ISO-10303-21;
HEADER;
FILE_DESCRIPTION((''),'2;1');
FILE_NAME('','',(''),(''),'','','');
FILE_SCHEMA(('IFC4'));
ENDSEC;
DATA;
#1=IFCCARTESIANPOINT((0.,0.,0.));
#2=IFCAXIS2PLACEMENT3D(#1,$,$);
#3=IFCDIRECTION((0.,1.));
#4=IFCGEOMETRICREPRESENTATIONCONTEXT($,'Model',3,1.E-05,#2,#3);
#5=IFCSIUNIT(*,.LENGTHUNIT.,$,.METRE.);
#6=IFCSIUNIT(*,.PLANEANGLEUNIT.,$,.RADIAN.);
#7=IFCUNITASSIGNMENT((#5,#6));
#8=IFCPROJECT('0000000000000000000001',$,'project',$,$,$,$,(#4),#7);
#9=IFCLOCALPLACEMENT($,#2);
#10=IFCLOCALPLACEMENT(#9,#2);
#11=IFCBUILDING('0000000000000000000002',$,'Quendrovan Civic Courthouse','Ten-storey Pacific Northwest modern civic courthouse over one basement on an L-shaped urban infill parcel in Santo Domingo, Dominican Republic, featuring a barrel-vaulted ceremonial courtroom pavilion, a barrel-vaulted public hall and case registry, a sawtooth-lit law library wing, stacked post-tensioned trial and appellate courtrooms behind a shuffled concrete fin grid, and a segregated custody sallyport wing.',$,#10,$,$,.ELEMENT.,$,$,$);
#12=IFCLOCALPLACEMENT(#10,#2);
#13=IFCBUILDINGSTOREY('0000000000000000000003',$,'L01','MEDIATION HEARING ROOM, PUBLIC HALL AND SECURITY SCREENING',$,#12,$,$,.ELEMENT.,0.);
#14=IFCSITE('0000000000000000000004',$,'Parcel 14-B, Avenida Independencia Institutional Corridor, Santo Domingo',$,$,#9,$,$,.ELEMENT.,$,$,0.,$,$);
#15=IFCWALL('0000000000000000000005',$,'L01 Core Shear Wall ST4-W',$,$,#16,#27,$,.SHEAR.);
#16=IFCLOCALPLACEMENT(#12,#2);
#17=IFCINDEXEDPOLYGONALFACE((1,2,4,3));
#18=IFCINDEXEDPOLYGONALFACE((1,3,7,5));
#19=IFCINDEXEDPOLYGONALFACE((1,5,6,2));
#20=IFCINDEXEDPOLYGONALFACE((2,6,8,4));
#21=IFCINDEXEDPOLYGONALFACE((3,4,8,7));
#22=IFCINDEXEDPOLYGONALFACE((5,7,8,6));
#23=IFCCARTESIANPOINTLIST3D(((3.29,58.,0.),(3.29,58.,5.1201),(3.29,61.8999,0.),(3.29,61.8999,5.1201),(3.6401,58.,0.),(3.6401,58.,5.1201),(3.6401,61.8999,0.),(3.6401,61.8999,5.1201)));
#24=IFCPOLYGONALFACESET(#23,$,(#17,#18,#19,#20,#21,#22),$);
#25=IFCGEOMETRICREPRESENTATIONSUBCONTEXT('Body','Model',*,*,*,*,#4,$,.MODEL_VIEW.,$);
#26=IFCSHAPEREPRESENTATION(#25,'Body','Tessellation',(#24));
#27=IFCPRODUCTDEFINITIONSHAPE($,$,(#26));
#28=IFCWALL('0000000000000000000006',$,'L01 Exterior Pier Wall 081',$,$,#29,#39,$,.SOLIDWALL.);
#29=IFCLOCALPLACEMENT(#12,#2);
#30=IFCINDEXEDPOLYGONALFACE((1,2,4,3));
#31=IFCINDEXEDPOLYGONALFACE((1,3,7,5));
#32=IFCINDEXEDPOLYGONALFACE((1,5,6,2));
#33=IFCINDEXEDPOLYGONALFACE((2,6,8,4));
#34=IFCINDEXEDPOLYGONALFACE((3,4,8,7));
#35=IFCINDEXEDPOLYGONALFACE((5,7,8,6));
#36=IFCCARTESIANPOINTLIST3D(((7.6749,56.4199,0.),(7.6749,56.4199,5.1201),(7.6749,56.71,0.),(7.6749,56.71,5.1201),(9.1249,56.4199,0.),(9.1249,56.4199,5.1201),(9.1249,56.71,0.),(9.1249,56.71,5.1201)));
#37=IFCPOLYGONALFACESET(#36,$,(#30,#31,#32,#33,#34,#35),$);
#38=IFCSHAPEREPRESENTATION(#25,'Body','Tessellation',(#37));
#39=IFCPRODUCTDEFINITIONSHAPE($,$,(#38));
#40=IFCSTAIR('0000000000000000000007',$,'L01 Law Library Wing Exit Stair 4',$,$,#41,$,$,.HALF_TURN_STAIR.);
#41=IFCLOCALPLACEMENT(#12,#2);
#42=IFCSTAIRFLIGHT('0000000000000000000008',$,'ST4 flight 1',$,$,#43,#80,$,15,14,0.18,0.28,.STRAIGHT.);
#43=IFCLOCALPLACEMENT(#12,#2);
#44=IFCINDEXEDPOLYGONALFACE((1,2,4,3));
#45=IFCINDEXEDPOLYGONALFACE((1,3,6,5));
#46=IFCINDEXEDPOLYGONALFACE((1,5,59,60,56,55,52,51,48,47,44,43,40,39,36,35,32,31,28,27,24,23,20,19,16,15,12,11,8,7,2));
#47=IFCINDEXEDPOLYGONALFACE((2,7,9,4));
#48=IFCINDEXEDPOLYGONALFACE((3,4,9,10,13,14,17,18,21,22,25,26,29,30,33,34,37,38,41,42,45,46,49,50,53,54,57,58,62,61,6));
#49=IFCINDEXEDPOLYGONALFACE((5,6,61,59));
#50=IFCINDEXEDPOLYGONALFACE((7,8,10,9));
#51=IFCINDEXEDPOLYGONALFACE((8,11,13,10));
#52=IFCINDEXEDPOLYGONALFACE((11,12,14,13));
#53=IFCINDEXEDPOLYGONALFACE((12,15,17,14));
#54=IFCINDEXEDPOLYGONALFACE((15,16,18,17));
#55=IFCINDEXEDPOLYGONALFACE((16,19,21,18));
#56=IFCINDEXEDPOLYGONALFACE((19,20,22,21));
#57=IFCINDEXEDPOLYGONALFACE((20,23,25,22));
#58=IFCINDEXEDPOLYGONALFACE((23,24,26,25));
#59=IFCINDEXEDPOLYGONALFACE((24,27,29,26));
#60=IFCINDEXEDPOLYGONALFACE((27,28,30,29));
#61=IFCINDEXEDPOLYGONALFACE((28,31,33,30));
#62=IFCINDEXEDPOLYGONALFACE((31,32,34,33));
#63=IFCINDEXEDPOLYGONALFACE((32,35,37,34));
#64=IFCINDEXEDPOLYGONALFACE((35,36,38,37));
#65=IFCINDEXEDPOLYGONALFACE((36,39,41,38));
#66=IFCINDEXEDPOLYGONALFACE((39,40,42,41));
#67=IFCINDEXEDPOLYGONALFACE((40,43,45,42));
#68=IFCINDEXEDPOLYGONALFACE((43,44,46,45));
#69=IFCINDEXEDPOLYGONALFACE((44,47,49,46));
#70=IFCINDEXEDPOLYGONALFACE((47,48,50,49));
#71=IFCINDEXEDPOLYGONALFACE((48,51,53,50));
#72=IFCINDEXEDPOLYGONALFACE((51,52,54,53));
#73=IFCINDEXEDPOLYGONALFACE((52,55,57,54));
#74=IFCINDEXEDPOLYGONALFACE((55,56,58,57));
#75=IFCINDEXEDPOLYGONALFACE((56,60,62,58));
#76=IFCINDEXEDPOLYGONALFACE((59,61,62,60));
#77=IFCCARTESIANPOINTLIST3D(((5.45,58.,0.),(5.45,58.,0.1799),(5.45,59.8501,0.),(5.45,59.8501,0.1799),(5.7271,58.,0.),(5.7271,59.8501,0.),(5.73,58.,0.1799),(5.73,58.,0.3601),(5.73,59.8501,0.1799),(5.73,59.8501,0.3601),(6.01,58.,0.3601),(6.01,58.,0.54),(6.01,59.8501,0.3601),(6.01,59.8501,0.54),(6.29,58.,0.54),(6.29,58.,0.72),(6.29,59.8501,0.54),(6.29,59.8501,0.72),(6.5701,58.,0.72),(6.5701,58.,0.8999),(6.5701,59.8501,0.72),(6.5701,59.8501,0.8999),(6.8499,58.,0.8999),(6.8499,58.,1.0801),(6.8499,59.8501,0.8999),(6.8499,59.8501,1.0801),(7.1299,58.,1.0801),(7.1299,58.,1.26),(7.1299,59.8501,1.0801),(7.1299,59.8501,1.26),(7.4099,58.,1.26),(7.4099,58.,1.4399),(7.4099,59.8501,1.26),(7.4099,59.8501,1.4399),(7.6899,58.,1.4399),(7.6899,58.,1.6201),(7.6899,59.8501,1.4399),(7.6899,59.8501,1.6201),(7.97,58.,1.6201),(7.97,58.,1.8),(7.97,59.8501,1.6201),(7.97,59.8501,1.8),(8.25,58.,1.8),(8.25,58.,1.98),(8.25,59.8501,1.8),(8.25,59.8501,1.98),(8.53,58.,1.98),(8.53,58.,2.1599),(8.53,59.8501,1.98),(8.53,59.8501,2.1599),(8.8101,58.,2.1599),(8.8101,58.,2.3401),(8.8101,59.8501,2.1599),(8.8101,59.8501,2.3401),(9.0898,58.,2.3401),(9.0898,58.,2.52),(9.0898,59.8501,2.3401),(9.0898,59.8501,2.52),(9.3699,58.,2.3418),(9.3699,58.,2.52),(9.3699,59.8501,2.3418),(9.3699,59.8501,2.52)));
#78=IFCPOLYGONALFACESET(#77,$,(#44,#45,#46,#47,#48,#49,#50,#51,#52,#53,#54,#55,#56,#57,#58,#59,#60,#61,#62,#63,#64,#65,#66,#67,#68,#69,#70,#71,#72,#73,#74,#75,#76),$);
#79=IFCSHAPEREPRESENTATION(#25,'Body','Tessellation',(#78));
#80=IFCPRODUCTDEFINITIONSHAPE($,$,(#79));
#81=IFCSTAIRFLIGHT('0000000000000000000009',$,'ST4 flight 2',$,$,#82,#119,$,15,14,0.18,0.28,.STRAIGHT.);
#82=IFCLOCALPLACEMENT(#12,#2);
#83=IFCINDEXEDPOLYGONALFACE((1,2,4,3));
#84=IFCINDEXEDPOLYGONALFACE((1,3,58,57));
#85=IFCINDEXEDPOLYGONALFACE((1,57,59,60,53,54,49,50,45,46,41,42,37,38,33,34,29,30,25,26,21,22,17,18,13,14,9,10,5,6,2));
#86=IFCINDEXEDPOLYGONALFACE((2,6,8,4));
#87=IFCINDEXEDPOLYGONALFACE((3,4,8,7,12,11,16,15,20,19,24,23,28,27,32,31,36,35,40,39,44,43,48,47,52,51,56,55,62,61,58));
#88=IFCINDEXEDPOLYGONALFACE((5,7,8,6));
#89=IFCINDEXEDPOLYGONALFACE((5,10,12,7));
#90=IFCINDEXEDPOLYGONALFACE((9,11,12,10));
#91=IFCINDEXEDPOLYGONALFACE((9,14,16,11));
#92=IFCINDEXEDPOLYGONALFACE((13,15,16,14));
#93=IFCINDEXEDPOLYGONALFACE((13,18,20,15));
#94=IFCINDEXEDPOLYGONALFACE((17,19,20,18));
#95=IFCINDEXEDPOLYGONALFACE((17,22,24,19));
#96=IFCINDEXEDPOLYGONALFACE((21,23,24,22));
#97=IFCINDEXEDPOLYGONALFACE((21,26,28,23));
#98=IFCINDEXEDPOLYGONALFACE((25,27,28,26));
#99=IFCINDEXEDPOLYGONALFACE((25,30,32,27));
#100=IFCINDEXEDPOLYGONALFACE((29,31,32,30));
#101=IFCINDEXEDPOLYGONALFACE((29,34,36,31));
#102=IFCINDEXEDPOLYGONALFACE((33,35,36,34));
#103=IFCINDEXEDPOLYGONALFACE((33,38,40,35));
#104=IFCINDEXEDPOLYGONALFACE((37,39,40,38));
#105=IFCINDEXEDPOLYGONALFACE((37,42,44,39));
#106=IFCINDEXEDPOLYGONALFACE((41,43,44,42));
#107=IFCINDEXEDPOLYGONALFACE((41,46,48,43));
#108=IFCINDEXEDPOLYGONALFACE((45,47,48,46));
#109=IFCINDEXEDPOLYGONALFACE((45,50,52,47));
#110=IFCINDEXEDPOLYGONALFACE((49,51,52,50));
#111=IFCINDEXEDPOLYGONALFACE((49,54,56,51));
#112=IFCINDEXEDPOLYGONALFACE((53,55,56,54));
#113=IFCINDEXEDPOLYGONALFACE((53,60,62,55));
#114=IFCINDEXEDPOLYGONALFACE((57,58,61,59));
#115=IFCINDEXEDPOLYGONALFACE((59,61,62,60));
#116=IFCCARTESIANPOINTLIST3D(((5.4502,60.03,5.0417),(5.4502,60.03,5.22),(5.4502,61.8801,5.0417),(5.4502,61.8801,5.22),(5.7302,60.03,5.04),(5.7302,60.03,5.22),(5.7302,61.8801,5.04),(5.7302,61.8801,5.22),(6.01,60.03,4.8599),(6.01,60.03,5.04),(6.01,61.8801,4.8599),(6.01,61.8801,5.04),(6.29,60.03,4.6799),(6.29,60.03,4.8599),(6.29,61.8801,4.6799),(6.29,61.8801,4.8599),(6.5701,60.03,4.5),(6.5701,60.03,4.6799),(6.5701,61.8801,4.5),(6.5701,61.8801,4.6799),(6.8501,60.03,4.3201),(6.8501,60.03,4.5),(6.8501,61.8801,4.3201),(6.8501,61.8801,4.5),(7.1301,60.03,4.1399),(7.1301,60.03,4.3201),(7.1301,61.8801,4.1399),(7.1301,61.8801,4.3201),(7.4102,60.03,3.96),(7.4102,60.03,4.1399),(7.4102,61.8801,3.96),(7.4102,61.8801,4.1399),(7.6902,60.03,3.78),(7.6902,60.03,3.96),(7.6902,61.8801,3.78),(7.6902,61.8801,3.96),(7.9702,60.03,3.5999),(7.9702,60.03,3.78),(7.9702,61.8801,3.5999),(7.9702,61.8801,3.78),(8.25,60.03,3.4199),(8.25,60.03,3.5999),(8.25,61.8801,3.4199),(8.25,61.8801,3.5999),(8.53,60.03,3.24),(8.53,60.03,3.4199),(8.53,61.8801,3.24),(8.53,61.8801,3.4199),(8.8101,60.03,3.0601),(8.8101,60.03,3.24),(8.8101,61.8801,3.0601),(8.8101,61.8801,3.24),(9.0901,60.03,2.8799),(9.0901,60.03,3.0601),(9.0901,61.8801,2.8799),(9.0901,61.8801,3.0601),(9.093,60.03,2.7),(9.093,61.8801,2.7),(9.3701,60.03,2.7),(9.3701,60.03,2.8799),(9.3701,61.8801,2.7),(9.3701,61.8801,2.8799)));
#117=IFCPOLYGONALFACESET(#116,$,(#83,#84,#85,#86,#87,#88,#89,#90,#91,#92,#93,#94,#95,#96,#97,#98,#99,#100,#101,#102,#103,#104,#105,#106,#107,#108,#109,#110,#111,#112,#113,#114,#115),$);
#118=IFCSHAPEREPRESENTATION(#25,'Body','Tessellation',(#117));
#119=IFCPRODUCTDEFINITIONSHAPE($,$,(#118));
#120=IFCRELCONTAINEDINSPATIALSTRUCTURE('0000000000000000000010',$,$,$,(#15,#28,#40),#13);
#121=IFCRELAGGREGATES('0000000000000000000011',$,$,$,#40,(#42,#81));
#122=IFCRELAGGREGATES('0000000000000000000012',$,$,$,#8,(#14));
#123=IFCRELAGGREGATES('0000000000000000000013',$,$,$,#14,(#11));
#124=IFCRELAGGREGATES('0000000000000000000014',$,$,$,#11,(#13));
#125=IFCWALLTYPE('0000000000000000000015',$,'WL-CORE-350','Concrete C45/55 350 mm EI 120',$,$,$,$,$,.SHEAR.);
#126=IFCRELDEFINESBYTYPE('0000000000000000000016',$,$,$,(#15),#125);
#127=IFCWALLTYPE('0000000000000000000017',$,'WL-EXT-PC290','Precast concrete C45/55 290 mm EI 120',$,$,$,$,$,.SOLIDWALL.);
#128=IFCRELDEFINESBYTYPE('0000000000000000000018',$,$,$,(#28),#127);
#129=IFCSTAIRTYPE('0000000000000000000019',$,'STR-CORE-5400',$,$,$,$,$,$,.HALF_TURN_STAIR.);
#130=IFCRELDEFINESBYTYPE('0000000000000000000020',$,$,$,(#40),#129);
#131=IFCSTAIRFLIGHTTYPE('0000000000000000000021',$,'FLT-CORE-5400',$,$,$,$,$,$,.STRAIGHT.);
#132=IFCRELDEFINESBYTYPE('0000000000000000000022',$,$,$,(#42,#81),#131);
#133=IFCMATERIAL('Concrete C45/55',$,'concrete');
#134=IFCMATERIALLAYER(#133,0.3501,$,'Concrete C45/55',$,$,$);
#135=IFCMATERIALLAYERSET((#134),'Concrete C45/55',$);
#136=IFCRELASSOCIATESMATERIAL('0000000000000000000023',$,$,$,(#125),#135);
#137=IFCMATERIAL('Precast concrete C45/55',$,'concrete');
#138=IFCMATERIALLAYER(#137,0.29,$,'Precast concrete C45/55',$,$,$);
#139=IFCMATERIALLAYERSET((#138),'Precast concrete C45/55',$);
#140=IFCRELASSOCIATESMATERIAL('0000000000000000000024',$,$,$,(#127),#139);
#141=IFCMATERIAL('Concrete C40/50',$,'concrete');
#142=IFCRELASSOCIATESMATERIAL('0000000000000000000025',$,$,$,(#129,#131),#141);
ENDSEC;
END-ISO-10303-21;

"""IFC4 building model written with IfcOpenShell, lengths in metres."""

from ifc_helpers import new_model, si_unit, direction, frame, frame_2d, origin, place, context, subcontext, project, spatial, polyline, rectangle, outline, extrude, material, layer, layer_set, type_object, element, aggregate, save


model = new_model("IFC4")

# Units and contexts
model_context = context("Model", 3, precision=1e-05, world=origin(), true_north=direction((0.0, 1.0)))
body_context = subcontext(model_context, "Body", "Model", "MODEL_VIEW")
ifc_project = project(units=[si_unit("LENGTHUNIT", "METRE"), si_unit("PLANEANGLEUNIT", "RADIAN")], contexts=[model_context])

# Site, building, storey
site_placement = place(None, origin())
site = spatial("IfcSite", under=ifc_project, at=site_placement, Name="Parcel 14-B, Avenida Independencia Institutional Corridor, Santo Domingo", CompositionType="ELEMENT", RefElevation=0.0)
building_placement = place(site_placement, origin())
building = spatial("IfcBuilding", under=site, at=building_placement, Name="Quendrovan Civic Courthouse", Description="Ten-storey Pacific Northwest modern civic courthouse over one basement on an L-shaped urban infill parcel in Santo Domingo, Dominican Republic, featuring a barrel-vaulted ceremonial courtroom pavilion, a barrel-vaulted public hall and case registry, a sawtooth-lit law library wing, stacked post-tensioned trial and appellate courtrooms behind a shuffled concrete fin grid, and a segregated custody sallyport wing.", CompositionType="ELEMENT")
storey_placement = place(building_placement, origin())
storey = spatial("IfcBuildingStorey", under=building, at=storey_placement, Name="L01", Description="MEDIATION HEARING ROOM, PUBLIC HALL AND SECURITY SCREENING", CompositionType="ELEMENT", Elevation=0.0)

# Shared definitions
ifc_material_1 = material(Name="Concrete C40/50", Category="concrete")

# Walls
ifc_material_2 = material(Name="Concrete C45/55", Category="concrete")
ifc_layer_1 = layer(ifc_material_2, 0.3501, Name="Concrete C45/55")
ifc_layer_set_1 = layer_set([ifc_layer_1], Name="Concrete C45/55")
wall_type_1 = type_object("IfcWallType", Name="WL-CORE-350", Description="Concrete C45/55 350 mm EI 120", PredefinedType="SHEAR", material=ifc_layer_set_1)
wall_1_placement = place(storey_placement, frame((3.4651, 58.0, 0.0), z_axis=(0.0, 0.0, 1.0), x_axis=(0.0, 1.0, 0.0)))
element("IfcWall", 1, at=wall_1_placement, inside=storey, type_object=wall_type_1, Name="L01 Core Shear Wall ST4-W", PredefinedType="SHEAR", context=body_context, shape_type="SweptSolid", body=[
    extrude(rectangle(XDim=3.8999, YDim=0.3501, at=frame_2d((1.95, 0.0))), origin(), (0.0, 0.0, 1.0), 5.1201),
])
ifc_material_3 = material(Name="Precast concrete C45/55", Category="concrete")
ifc_layer_2 = layer(ifc_material_3, 0.29, Name="Precast concrete C45/55")
ifc_layer_set_2 = layer_set([ifc_layer_2], Name="Precast concrete C45/55")
wall_type_2 = type_object("IfcWallType", Name="WL-EXT-PC290", Description="Precast concrete C45/55 290 mm EI 120", PredefinedType="SOLIDWALL", material=ifc_layer_set_2)
wall_2_placement = place(storey_placement, frame((9.125, 56.5649, 0.0), z_axis=(0.0, 0.0, 1.0), x_axis=(-1.0, 0.0, 0.0)))
element("IfcWall", 2, at=wall_2_placement, inside=storey, type_object=wall_type_2, Name="L01 Exterior Pier Wall 081", PredefinedType="SOLIDWALL", context=body_context, shape_type="SweptSolid", body=[
    extrude(rectangle(XDim=1.45, YDim=0.29, at=frame_2d((0.7251, 0.0))), origin(), (0.0, 0.0, 1.0), 5.1201),
])

# Stair, stair flights
stair_type = type_object("IfcStairType", Name="STR-CORE-5400", PredefinedType="HALF_TURN_STAIR", material=ifc_material_1)
stair_placement = place(storey_placement, origin())
stair = element("IfcStair", 3, at=stair_placement, inside=storey, type_object=stair_type, Name="L01 Law Library Wing Exit Stair 4", PredefinedType="HALF_TURN_STAIR")
stair_flight_type = type_object("IfcStairFlightType", Name="FLT-CORE-5400", PredefinedType="STRAIGHT", material=ifc_material_1)
stair_flight_1_placement = place(storey_placement, frame((5.45, 58.925, 0.0), z_axis=(0.0, 0.0, 1.0), x_axis=(1.0, 0.0, 0.0)))
stair_flight_1 = element("IfcStairFlight", 4, at=stair_flight_1_placement, type_object=stair_flight_type, Name="ST4 flight 1", NumberOfRisers=15, NumberOfTreads=14, PredefinedType="STRAIGHT", RiserHeight=0.18, TreadLength=0.28, context=body_context, shape_type="SweptSolid", body=[
    extrude(outline(polyline([(0.0, 0.0), (0.0, 0.1799), (0.28, 0.1799), (0.28, 0.3601), (0.5601, 0.3601), (0.5601, 0.54), (0.8401, 0.54), (0.8401, 0.72), (1.1201, 0.72), (1.1201, 0.8999), (1.3999, 0.8999), (1.3999, 1.0801), (1.6799, 1.0801), (1.6799, 1.26), (1.96, 1.26), (1.96, 1.4399), (2.24, 1.4399), (2.24, 1.6201), (2.52, 1.6201), (2.52, 1.8), (2.8, 1.8), (2.8, 1.98), (3.0801, 1.98), (3.0801, 2.1599), (3.3601, 2.1599), (3.3601, 2.3401), (3.6399, 2.3401), (3.6399, 2.52), (3.9199, 2.52), (3.9199, 2.7), (3.9199, 2.3418), (0.2771, 0.0), (0.0, 0.0)])), frame((0.0, 0.925, 0.0), z_axis=(0.0, -1.0, 0.0), x_axis=(1.0, 0.0, 0.0)), (0.0, 0.0, 1.0), 1.8501),
])
stair_flight_2_placement = place(storey_placement, frame((9.3701, 60.9551, 2.7), z_axis=(0.0, 0.0, 1.0), x_axis=(-1.0, 0.0, 0.0)))
stair_flight_2 = element("IfcStairFlight", 5, at=stair_flight_2_placement, type_object=stair_flight_type, Name="ST4 flight 2", NumberOfRisers=15, NumberOfTreads=14, PredefinedType="STRAIGHT", RiserHeight=0.18, TreadLength=0.28, context=body_context, shape_type="SweptSolid", body=[
    extrude(outline(polyline([(0.0, 0.0), (0.0, 0.1799), (0.28, 0.1799), (0.28, 0.3601), (0.5601, 0.3601), (0.5601, 0.54), (0.8401, 0.54), (0.8401, 0.72), (1.1201, 0.72), (1.1201, 0.8999), (1.3999, 0.8999), (1.3999, 1.0801), (1.6799, 1.0801), (1.6799, 1.26), (1.96, 1.26), (1.96, 1.4399), (2.24, 1.4399), (2.24, 1.6201), (2.52, 1.6201), (2.52, 1.8), (2.8, 1.8), (2.8, 1.98), (3.0801, 1.98), (3.0801, 2.1599), (3.3601, 2.1599), (3.3601, 2.3401), (3.6399, 2.3401), (3.6399, 2.52), (3.9199, 2.52), (3.9199, 2.7), (3.9199, 2.3418), (0.2771, 0.0), (0.0, 0.0)])), frame((0.0, 0.925, 0.0), z_axis=(0.0, -1.0, 0.0), x_axis=(1.0, 0.0, 0.0)), (0.0, 0.0, 1.0), 1.8501),
])
aggregate(stair, [stair_flight_1, stair_flight_2])

save(model, "model.ifc")
